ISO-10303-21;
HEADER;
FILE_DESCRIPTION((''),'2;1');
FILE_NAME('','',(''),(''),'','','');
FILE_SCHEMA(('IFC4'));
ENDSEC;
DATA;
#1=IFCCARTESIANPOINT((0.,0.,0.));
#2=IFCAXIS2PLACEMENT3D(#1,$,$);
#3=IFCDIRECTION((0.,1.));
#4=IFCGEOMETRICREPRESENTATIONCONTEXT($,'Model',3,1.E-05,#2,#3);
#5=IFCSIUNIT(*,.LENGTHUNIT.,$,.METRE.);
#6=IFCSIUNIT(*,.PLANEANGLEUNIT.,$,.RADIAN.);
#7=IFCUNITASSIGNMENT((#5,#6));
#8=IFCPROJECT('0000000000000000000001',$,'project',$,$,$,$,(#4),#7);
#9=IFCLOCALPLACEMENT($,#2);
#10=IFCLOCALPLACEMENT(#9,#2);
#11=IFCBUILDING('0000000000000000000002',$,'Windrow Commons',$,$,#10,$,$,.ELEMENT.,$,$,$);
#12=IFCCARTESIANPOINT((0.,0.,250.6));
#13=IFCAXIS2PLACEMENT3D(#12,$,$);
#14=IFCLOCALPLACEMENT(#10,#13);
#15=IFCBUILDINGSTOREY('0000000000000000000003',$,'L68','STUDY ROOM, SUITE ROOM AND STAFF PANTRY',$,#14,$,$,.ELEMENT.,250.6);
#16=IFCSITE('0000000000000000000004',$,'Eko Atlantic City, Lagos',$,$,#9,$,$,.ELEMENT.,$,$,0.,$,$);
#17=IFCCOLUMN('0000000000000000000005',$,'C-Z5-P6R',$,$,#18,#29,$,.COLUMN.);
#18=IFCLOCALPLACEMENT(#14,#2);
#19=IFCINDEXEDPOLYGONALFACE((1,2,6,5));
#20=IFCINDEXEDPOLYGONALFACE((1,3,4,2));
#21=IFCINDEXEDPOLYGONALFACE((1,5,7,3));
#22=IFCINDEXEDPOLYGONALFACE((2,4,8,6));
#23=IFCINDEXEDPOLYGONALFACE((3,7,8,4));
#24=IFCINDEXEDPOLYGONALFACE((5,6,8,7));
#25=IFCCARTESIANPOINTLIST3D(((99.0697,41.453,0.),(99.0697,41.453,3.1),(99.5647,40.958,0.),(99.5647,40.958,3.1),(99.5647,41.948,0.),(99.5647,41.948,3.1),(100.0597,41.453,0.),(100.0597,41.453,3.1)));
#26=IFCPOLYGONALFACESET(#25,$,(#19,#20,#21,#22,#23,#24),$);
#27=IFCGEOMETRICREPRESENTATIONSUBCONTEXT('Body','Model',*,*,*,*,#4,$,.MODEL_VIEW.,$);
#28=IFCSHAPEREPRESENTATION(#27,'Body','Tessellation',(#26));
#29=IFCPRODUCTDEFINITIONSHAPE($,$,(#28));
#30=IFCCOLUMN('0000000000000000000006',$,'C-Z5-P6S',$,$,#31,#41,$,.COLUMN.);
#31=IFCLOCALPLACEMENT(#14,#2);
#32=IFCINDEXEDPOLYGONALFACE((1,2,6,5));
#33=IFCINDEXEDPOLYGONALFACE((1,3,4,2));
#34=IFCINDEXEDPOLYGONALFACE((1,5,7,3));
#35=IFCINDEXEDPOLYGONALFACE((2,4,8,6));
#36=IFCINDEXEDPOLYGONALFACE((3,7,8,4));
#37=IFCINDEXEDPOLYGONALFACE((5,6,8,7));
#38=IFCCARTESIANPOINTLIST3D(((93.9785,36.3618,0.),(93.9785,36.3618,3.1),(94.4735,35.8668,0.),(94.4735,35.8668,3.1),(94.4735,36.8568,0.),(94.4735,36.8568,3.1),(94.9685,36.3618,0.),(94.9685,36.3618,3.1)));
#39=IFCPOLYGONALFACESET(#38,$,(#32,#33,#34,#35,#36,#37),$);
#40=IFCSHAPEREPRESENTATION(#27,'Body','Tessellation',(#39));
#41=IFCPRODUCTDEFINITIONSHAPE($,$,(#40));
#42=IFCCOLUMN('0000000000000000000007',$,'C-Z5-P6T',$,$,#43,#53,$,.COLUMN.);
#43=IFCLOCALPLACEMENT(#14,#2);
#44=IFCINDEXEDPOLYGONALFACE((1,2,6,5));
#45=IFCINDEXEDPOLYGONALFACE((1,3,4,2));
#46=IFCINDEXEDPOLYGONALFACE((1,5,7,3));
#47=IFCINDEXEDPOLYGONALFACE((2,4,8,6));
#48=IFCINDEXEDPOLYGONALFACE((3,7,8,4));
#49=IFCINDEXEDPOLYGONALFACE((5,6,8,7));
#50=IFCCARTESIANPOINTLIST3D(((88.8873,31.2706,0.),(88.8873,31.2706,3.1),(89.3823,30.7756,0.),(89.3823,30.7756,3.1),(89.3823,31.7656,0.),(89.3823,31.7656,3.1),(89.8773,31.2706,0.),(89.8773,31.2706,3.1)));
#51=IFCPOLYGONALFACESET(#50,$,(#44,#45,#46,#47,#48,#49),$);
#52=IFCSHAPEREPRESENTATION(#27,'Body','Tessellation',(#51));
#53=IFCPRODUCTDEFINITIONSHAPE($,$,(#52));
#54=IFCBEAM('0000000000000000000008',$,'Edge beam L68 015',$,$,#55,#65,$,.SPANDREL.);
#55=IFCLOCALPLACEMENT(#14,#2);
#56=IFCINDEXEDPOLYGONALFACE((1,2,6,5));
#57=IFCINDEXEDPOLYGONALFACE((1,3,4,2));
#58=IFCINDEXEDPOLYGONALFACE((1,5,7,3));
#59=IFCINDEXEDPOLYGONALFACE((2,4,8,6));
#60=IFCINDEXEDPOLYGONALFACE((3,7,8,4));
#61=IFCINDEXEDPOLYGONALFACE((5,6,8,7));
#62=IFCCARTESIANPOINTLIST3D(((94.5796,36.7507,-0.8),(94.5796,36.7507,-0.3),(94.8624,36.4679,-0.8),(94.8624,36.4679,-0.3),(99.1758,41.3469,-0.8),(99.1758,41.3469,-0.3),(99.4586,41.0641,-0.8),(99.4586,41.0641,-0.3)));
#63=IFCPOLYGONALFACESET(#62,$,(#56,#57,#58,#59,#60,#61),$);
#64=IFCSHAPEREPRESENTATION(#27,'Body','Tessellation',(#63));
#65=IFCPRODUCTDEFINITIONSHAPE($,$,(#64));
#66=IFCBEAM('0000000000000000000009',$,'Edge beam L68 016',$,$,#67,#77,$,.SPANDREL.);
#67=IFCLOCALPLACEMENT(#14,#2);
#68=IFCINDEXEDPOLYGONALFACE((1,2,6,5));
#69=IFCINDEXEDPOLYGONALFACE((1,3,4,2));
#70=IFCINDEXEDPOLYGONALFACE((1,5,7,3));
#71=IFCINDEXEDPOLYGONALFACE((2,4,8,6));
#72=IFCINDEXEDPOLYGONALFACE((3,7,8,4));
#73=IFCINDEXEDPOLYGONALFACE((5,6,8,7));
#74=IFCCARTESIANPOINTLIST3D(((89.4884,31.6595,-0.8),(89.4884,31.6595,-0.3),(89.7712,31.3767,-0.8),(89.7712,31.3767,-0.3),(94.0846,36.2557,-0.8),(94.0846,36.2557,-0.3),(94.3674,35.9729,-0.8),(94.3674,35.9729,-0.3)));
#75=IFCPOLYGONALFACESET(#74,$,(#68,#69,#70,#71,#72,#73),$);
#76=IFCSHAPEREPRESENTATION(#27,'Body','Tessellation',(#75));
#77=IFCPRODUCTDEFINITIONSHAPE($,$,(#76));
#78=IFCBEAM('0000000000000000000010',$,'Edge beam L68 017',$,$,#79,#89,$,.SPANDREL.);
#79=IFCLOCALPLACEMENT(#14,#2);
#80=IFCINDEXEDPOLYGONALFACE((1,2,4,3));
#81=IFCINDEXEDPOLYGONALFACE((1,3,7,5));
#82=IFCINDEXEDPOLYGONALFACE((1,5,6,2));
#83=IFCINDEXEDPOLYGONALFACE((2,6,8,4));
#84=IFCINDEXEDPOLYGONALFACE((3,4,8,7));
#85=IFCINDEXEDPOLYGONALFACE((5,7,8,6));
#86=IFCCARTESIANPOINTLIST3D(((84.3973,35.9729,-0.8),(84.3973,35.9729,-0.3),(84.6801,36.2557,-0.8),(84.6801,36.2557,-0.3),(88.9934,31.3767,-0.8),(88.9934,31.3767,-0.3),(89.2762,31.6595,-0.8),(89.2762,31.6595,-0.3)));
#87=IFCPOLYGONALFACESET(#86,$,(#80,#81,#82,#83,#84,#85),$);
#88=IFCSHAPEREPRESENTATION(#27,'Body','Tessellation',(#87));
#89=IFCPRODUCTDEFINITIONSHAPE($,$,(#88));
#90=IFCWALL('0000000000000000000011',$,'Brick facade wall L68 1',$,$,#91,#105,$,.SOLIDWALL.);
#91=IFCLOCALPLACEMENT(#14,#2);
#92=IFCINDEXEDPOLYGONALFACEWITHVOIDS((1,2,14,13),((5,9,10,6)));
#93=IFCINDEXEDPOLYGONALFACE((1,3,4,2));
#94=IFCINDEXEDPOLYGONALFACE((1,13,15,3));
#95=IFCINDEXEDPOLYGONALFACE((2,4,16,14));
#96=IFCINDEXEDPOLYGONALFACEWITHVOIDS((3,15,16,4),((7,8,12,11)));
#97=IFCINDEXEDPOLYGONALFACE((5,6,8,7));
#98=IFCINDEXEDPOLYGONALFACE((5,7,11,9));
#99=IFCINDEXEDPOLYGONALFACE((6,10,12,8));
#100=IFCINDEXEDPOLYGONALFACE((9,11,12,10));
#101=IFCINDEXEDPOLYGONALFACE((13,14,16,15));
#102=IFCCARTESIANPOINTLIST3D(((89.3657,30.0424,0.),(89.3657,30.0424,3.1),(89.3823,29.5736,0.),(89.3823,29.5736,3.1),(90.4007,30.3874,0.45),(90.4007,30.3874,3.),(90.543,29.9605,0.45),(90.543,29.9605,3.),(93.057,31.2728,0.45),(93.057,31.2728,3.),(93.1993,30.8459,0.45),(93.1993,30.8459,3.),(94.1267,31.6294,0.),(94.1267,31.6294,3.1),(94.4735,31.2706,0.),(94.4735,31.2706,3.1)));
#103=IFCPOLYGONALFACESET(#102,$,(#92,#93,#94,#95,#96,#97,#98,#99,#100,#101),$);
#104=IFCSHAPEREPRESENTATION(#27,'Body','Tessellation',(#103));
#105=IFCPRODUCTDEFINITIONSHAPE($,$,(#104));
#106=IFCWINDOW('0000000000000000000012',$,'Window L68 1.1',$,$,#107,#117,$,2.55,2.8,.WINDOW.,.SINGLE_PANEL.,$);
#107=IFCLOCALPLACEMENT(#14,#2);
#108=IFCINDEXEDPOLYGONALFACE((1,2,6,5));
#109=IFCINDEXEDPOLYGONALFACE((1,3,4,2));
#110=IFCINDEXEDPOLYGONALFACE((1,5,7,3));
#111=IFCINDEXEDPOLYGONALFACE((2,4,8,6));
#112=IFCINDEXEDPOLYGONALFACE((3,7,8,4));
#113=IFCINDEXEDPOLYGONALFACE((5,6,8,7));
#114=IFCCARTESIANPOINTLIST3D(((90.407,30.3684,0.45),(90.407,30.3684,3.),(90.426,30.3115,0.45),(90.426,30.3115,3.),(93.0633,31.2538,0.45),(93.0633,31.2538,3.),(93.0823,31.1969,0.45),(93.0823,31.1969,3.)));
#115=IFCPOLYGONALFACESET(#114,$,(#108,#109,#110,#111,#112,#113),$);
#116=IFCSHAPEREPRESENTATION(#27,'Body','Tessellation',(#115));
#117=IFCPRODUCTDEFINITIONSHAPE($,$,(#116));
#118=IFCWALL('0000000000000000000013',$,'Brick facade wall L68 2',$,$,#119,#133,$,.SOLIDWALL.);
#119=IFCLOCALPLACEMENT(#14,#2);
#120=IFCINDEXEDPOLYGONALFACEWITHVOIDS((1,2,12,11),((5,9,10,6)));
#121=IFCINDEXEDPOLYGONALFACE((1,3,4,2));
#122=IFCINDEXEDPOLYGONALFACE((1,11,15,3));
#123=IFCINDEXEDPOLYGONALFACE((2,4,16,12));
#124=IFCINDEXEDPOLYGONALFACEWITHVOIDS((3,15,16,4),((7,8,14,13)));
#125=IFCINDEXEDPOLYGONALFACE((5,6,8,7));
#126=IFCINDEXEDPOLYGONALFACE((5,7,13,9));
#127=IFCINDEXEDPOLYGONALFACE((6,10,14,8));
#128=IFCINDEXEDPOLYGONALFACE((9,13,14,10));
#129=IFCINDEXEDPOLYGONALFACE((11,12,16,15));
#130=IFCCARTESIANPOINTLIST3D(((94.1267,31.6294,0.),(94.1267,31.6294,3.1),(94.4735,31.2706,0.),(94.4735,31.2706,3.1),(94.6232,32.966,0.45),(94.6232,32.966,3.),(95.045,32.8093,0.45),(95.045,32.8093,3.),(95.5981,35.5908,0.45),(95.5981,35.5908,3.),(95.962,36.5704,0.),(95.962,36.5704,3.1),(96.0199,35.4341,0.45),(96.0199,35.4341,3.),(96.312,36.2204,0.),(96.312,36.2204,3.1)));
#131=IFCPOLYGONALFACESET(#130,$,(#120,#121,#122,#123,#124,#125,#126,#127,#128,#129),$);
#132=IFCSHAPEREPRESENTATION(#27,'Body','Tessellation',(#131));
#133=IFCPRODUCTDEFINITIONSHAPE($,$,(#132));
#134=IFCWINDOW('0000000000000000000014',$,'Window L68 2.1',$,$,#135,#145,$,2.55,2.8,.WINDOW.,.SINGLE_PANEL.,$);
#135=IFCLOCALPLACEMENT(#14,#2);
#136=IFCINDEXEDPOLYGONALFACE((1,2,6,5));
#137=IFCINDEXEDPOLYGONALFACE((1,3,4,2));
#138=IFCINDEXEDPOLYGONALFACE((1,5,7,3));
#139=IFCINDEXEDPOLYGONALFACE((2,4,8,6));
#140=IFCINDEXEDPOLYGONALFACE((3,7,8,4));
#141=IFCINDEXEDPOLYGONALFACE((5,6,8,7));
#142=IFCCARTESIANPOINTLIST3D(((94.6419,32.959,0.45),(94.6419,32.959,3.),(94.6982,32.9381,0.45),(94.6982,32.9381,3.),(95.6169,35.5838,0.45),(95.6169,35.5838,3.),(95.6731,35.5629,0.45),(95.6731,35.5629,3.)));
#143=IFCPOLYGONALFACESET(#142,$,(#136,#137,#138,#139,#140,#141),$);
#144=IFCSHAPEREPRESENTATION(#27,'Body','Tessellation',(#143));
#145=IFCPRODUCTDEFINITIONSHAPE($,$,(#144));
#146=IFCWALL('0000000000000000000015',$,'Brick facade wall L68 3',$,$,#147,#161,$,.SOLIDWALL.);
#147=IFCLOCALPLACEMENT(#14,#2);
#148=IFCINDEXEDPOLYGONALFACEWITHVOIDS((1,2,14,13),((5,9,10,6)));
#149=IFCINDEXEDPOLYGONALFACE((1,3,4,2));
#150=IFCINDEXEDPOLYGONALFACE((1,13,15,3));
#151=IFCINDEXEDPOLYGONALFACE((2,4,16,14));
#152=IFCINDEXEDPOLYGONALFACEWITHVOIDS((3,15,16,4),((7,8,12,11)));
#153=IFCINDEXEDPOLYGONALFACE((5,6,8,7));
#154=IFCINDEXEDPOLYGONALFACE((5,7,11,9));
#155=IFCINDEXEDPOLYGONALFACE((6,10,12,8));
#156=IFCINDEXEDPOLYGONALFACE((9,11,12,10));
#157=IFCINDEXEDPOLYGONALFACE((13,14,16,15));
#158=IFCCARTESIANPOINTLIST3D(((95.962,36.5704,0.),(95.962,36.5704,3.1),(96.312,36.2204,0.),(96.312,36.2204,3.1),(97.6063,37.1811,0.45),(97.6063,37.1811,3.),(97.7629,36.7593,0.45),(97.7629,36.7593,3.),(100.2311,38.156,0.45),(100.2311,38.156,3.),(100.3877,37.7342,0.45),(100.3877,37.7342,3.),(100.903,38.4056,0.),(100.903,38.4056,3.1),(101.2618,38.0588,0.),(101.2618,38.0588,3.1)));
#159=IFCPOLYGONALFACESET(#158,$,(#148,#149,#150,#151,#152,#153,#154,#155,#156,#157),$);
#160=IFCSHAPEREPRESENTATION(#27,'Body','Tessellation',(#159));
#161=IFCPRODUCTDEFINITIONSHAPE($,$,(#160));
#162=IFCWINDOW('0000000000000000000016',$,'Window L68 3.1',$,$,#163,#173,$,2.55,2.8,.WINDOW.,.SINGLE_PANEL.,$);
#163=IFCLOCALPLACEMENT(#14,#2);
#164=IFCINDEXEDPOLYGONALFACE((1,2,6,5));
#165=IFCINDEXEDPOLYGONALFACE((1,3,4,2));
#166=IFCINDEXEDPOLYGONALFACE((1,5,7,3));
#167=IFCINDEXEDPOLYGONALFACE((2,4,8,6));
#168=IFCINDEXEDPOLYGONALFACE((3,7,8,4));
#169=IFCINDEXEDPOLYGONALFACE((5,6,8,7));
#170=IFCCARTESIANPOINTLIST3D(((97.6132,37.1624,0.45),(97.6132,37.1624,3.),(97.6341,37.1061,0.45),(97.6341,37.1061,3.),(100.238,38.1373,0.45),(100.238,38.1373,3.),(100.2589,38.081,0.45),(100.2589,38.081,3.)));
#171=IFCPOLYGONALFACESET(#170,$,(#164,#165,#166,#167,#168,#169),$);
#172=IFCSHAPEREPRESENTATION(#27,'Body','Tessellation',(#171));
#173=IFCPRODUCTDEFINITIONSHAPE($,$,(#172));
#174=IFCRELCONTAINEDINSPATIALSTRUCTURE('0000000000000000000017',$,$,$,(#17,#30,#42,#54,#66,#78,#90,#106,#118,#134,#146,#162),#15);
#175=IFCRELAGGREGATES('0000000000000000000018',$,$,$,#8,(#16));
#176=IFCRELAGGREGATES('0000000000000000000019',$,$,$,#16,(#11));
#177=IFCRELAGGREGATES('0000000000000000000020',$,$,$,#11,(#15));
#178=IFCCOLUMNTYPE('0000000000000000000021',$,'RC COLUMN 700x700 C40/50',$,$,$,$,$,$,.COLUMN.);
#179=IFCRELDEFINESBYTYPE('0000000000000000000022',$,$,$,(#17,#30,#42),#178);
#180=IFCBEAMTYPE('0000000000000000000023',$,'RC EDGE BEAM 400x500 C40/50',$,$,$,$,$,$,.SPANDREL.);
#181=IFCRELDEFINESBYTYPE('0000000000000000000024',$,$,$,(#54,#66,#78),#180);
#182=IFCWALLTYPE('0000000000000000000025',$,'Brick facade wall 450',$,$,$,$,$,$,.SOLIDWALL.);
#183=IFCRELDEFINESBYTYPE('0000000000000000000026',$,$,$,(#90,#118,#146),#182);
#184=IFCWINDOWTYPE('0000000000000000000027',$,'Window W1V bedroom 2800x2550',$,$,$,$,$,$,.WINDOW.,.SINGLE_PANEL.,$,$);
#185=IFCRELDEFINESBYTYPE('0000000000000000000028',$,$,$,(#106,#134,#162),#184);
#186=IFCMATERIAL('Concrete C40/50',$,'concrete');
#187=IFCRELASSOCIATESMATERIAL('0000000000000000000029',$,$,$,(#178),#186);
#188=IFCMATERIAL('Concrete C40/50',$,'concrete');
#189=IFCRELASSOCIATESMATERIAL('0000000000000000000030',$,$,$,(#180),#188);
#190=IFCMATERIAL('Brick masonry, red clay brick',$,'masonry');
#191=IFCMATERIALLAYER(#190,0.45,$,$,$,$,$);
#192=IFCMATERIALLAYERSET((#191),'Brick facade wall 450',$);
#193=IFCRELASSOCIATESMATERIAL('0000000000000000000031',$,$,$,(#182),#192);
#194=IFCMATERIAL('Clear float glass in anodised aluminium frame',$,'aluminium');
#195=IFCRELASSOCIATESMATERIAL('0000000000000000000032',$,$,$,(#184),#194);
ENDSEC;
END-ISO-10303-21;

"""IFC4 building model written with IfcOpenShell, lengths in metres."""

from ifc_helpers import new_model, si_unit, direction, frame, frame_2d, origin, origin_2d, place, context, subcontext, project, spatial, polyline, rectangle, outline, extrude, material, layer, layer_set, material_profile, profile_set, type_object, element, fill, save


model = new_model("IFC4")

# Units and contexts
model_context = context("Model", 3, precision=1e-05, world=origin(), true_north=direction((0.0, 1.0)))
body_context = subcontext(model_context, "Body", "Model", "MODEL_VIEW")
ifc_project = project(units=[si_unit("LENGTHUNIT", "METRE"), si_unit("PLANEANGLEUNIT", "RADIAN")], contexts=[model_context])

# Site, building, storey
site_placement = place(None, origin())
site = spatial("IfcSite", under=ifc_project, at=site_placement, Name="Eko Atlantic City, Lagos", CompositionType="ELEMENT", RefElevation=0.0)
building_placement = place(site_placement, origin())
building = spatial("IfcBuilding", under=site, at=building_placement, Name="Windrow Commons", CompositionType="ELEMENT")
storey_placement = place(building_placement, frame((0.0, 0.0, 250.6)))
storey = spatial("IfcBuildingStorey", under=building, at=storey_placement, Name="L68", Description="STUDY ROOM, SUITE ROOM AND STAFF PANTRY", CompositionType="ELEMENT", Elevation=250.6)

# Columns
ifc_material_1 = material(Name="Concrete C40/50", Category="concrete")
ifc_material_profile_1 = material_profile(ifc_material_1, rectangle(XDim=0.7, YDim=0.7, at=origin_2d()))
ifc_profile_set_1 = profile_set([ifc_material_profile_1], Name="Concrete C40/50")
column_type = type_object("IfcColumnType", Name="RC COLUMN 700x700 C40/50", PredefinedType="COLUMN", material=ifc_profile_set_1)
for number, where, z_axis, x_axis, name in (
    (1, (99.5647, 41.453, 0.0), (0.0, 0.0, 1.0), (0.707107, -0.707107, 0.0), "C-Z5-P6R"),
    (2, (94.4735, 36.3618, 0.0), (0.0, 0.0, 1.0), (0.707107, -0.707107, 0.0), "C-Z5-P6S"),
    (3, (89.3823, 31.2706, 0.0), (0.0, 0.0, 1.0), (0.707107, -0.707107, 0.0), "C-Z5-P6T"),
):
    element("IfcColumn", number, at=place(storey_placement, frame(where, z_axis=z_axis, x_axis=x_axis)), inside=storey, type_object=column_type, Name=name, PredefinedType="COLUMN", context=body_context, shape_type="SweptSolid", body=[
        extrude(rectangle(XDim=0.7, YDim=0.7, at=origin_2d()), origin(), (0.0, 0.0, 1.0), 3.1),
    ])

# Beams
ifc_material_2 = material(Name="Concrete C40/50", Category="concrete")
ifc_material_profile_2 = material_profile(ifc_material_2, rectangle(XDim=0.4, YDim=0.5, at=origin_2d()))
ifc_profile_set_2 = profile_set([ifc_material_profile_2], Name="Concrete C40/50")
beam_type = type_object("IfcBeamType", Name="RC EDGE BEAM 400x500 C40/50", PredefinedType="SPANDREL", material=ifc_profile_set_2)
for number, where, z_axis, x_axis, name in (
    (4, (99.3172, 41.2055, -0.55), (-0.707107, -0.707107, 0.0), (0.707107, -0.707107, 0.0), "Edge beam L68 015"),
    (5, (94.226, 36.1143, -0.55), (-0.707107, -0.707107, 0.0), (0.707107, -0.707107, 0.0), "Edge beam L68 016"),
):
    element("IfcBeam", number, at=place(storey_placement, frame(where, z_axis=z_axis, x_axis=x_axis)), inside=storey, type_object=beam_type, Name=name, PredefinedType="SPANDREL", context=body_context, shape_type="SweptSolid", body=[
        extrude(rectangle(XDim=0.4, YDim=0.5, at=origin_2d()), origin(), (0.0, 0.0, 1.0), 6.5),
    ])
beam_placement = place(storey_placement, frame((89.1348, 31.5181, -0.55), z_axis=(-0.707099, 0.707114, 0.0), x_axis=(-0.707114, -0.707099, 0.0)))
element("IfcBeam", 6, at=beam_placement, inside=storey, type_object=beam_type, Name="Edge beam L68 017", PredefinedType="SPANDREL", context=body_context, shape_type="SweptSolid", body=[
    extrude(rectangle(XDim=0.4, YDim=0.5, at=origin_2d()), origin(), (0.0, 0.0, 1.0), 6.4999),
])

# Walls, openings, windows
ifc_material_3 = material(Name="Brick masonry, red clay brick", Category="masonry")
ifc_layer_1 = layer(ifc_material_3, 0.45)
ifc_layer_set_1 = layer_set([ifc_layer_1], Name="Brick facade wall 450")
wall_type_1 = type_object("IfcWallType", Name="Brick facade wall 450", PredefinedType="SOLIDWALL", material=ifc_layer_set_1)
wall_1_placement = place(storey_placement, frame((89.374, 29.808, 0.0), z_axis=(0.0, 0.0, 1.0), x_axis=(0.948685, 0.316222, 0.0)))
wall_1 = element("IfcWall", 7, at=wall_1_placement, inside=storey, type_object=wall_type_1, Name="Brick facade wall L68 1", PredefinedType="SOLIDWALL", context=body_context, shape_type="SweptSolid", body=[
    extrude(outline(polyline([(-0.0662, -0.225), (5.3003, -0.225), (5.0848, 0.225), (0.0662, 0.225), (-0.0662, -0.225)])), origin(), (0.0, 0.0, 1.0), 3.1),
])
opening_1_placement = place(wall_1_placement, frame((1.1572, 0.0, 0.45)))
opening_1 = element("IfcOpeningElement", 8, at=opening_1_placement, cuts=wall_1, PredefinedType="OPENING", context=body_context, shape_type="SweptSolid", body=[
    extrude(rectangle(XDim=2.8, YDim=2.55, at=frame_2d((1.4, 1.275))), frame((0.0, 0.235, 0.0), z_axis=(0.0, -1.0, 0.0), x_axis=(1.0, 0.0, 0.0)), (0.0, 0.0, 1.0), 0.47),
])
ifc_material_4 = material(Name="Clear float glass in anodised aluminium frame", Category="aluminium")
window_type = type_object("IfcWindowType", Name="Window W1V bedroom 2800x2550", PartitioningType="SINGLE_PANEL", PredefinedType="WINDOW", material=ifc_material_4)
window_1_placement = place(opening_1_placement, origin())
window_1 = element("IfcWindow", 9, at=window_1_placement, inside=storey, type_object=window_type, Name="Window L68 1.1", OverallHeight=2.55, OverallWidth=2.8, PartitioningType="SINGLE_PANEL", PredefinedType="WINDOW", context=body_context, shape_type="SweptSolid", body=[
    extrude(rectangle(XDim=2.8, YDim=2.55, at=frame_2d((1.4, 1.275))), frame((0.0, 0.205, 0.0), z_axis=(0.0, -1.0, 0.0), x_axis=(1.0, 0.0, 0.0)), (0.0, 0.0, 1.0), 0.06),
])
fill(opening_1, window_1)
wall_2_placement = place(storey_placement, frame((94.3001, 31.45, 0.0), z_axis=(0.0, 0.0, 1.0), x_axis=(0.348193, 0.937423, 0.0)))
wall_2 = element("IfcWall", 10, at=wall_2_placement, inside=storey, type_object=wall_type_1, Name="Brick facade wall L68 2", PredefinedType="SOLIDWALL", context=body_context, shape_type="SweptSolid", body=[
    extrude(outline(polyline([(-0.1078, -0.225), (5.1724, -0.225), (5.3786, 0.225), (0.1078, 0.225), (-0.1078, -0.225)])), origin(), (0.0, 0.0, 1.0), 3.1),
])
opening_2_placement = place(wall_2_placement, frame((1.5336, 0.0, 0.45)))
opening_2 = element("IfcOpeningElement", 11, at=opening_2_placement, cuts=wall_2, PredefinedType="OPENING", context=body_context, shape_type="SweptSolid", body=[
    extrude(rectangle(XDim=2.8, YDim=2.55, at=frame_2d((1.4, 1.275))), frame((0.0, 0.235, 0.0), z_axis=(0.0, -1.0, 0.0), x_axis=(1.0, 0.0, 0.0)), (0.0, 0.0, 1.0), 0.47),
])
window_2_placement = place(opening_2_placement, origin())
window_2 = element("IfcWindow", 12, at=window_2_placement, inside=storey, type_object=window_type, Name="Window L68 2.1", OverallHeight=2.55, OverallWidth=2.8, PartitioningType="SINGLE_PANEL", PredefinedType="WINDOW", context=body_context, shape_type="SweptSolid", body=[
    extrude(rectangle(XDim=2.8, YDim=2.55, at=frame_2d((1.4, 1.275))), frame((0.0, 0.205, 0.0), z_axis=(0.0, -1.0, 0.0), x_axis=(1.0, 0.0, 0.0)), (0.0, 0.0, 1.0), 0.06),
])
fill(opening_2, window_2)
wall_3_placement = place(storey_placement, frame((96.137, 36.3954, 0.0), z_axis=(0.0, 0.0, 1.0), x_axis=(0.937429, 0.348176, 0.0)))
wall_3 = element("IfcWall", 13, at=wall_3_placement, inside=storey, type_object=wall_type_1, Name="Brick facade wall L68 3", PredefinedType="SOLIDWALL", context=body_context, shape_type="SweptSolid", body=[
    extrude(outline(polyline([(0.1031, -0.225), (5.3833, -0.225), (5.1677, 0.225), (-0.1031, 0.225), (0.1031, -0.225)])), origin(), (0.0, 0.0, 1.0), 3.1),
])
opening_3_placement = place(wall_3_placement, frame((1.6509, 0.0, 0.45)))
opening_3 = element("IfcOpeningElement", 14, at=opening_3_placement, cuts=wall_3, PredefinedType="OPENING", context=body_context, shape_type="SweptSolid", body=[
    extrude(rectangle(XDim=2.8, YDim=2.55, at=frame_2d((1.4, 1.275))), frame((0.0, 0.235, 0.0), z_axis=(0.0, -1.0, 0.0), x_axis=(1.0, 0.0, 0.0)), (0.0, 0.0, 1.0), 0.47),
])
window_3_placement = place(opening_3_placement, origin())
window_3 = element("IfcWindow", 15, at=window_3_placement, inside=storey, type_object=window_type, Name="Window L68 3.1", OverallHeight=2.55, OverallWidth=2.8, PartitioningType="SINGLE_PANEL", PredefinedType="WINDOW", context=body_context, shape_type="SweptSolid", body=[
    extrude(rectangle(XDim=2.8, YDim=2.55, at=frame_2d((1.4, 1.275))), frame((0.0, 0.205, 0.0), z_axis=(0.0, -1.0, 0.0), x_axis=(1.0, 0.0, 0.0)), (0.0, 0.0, 1.0), 0.06),
])
fill(opening_3, window_3)

save(model, "model.ifc")
